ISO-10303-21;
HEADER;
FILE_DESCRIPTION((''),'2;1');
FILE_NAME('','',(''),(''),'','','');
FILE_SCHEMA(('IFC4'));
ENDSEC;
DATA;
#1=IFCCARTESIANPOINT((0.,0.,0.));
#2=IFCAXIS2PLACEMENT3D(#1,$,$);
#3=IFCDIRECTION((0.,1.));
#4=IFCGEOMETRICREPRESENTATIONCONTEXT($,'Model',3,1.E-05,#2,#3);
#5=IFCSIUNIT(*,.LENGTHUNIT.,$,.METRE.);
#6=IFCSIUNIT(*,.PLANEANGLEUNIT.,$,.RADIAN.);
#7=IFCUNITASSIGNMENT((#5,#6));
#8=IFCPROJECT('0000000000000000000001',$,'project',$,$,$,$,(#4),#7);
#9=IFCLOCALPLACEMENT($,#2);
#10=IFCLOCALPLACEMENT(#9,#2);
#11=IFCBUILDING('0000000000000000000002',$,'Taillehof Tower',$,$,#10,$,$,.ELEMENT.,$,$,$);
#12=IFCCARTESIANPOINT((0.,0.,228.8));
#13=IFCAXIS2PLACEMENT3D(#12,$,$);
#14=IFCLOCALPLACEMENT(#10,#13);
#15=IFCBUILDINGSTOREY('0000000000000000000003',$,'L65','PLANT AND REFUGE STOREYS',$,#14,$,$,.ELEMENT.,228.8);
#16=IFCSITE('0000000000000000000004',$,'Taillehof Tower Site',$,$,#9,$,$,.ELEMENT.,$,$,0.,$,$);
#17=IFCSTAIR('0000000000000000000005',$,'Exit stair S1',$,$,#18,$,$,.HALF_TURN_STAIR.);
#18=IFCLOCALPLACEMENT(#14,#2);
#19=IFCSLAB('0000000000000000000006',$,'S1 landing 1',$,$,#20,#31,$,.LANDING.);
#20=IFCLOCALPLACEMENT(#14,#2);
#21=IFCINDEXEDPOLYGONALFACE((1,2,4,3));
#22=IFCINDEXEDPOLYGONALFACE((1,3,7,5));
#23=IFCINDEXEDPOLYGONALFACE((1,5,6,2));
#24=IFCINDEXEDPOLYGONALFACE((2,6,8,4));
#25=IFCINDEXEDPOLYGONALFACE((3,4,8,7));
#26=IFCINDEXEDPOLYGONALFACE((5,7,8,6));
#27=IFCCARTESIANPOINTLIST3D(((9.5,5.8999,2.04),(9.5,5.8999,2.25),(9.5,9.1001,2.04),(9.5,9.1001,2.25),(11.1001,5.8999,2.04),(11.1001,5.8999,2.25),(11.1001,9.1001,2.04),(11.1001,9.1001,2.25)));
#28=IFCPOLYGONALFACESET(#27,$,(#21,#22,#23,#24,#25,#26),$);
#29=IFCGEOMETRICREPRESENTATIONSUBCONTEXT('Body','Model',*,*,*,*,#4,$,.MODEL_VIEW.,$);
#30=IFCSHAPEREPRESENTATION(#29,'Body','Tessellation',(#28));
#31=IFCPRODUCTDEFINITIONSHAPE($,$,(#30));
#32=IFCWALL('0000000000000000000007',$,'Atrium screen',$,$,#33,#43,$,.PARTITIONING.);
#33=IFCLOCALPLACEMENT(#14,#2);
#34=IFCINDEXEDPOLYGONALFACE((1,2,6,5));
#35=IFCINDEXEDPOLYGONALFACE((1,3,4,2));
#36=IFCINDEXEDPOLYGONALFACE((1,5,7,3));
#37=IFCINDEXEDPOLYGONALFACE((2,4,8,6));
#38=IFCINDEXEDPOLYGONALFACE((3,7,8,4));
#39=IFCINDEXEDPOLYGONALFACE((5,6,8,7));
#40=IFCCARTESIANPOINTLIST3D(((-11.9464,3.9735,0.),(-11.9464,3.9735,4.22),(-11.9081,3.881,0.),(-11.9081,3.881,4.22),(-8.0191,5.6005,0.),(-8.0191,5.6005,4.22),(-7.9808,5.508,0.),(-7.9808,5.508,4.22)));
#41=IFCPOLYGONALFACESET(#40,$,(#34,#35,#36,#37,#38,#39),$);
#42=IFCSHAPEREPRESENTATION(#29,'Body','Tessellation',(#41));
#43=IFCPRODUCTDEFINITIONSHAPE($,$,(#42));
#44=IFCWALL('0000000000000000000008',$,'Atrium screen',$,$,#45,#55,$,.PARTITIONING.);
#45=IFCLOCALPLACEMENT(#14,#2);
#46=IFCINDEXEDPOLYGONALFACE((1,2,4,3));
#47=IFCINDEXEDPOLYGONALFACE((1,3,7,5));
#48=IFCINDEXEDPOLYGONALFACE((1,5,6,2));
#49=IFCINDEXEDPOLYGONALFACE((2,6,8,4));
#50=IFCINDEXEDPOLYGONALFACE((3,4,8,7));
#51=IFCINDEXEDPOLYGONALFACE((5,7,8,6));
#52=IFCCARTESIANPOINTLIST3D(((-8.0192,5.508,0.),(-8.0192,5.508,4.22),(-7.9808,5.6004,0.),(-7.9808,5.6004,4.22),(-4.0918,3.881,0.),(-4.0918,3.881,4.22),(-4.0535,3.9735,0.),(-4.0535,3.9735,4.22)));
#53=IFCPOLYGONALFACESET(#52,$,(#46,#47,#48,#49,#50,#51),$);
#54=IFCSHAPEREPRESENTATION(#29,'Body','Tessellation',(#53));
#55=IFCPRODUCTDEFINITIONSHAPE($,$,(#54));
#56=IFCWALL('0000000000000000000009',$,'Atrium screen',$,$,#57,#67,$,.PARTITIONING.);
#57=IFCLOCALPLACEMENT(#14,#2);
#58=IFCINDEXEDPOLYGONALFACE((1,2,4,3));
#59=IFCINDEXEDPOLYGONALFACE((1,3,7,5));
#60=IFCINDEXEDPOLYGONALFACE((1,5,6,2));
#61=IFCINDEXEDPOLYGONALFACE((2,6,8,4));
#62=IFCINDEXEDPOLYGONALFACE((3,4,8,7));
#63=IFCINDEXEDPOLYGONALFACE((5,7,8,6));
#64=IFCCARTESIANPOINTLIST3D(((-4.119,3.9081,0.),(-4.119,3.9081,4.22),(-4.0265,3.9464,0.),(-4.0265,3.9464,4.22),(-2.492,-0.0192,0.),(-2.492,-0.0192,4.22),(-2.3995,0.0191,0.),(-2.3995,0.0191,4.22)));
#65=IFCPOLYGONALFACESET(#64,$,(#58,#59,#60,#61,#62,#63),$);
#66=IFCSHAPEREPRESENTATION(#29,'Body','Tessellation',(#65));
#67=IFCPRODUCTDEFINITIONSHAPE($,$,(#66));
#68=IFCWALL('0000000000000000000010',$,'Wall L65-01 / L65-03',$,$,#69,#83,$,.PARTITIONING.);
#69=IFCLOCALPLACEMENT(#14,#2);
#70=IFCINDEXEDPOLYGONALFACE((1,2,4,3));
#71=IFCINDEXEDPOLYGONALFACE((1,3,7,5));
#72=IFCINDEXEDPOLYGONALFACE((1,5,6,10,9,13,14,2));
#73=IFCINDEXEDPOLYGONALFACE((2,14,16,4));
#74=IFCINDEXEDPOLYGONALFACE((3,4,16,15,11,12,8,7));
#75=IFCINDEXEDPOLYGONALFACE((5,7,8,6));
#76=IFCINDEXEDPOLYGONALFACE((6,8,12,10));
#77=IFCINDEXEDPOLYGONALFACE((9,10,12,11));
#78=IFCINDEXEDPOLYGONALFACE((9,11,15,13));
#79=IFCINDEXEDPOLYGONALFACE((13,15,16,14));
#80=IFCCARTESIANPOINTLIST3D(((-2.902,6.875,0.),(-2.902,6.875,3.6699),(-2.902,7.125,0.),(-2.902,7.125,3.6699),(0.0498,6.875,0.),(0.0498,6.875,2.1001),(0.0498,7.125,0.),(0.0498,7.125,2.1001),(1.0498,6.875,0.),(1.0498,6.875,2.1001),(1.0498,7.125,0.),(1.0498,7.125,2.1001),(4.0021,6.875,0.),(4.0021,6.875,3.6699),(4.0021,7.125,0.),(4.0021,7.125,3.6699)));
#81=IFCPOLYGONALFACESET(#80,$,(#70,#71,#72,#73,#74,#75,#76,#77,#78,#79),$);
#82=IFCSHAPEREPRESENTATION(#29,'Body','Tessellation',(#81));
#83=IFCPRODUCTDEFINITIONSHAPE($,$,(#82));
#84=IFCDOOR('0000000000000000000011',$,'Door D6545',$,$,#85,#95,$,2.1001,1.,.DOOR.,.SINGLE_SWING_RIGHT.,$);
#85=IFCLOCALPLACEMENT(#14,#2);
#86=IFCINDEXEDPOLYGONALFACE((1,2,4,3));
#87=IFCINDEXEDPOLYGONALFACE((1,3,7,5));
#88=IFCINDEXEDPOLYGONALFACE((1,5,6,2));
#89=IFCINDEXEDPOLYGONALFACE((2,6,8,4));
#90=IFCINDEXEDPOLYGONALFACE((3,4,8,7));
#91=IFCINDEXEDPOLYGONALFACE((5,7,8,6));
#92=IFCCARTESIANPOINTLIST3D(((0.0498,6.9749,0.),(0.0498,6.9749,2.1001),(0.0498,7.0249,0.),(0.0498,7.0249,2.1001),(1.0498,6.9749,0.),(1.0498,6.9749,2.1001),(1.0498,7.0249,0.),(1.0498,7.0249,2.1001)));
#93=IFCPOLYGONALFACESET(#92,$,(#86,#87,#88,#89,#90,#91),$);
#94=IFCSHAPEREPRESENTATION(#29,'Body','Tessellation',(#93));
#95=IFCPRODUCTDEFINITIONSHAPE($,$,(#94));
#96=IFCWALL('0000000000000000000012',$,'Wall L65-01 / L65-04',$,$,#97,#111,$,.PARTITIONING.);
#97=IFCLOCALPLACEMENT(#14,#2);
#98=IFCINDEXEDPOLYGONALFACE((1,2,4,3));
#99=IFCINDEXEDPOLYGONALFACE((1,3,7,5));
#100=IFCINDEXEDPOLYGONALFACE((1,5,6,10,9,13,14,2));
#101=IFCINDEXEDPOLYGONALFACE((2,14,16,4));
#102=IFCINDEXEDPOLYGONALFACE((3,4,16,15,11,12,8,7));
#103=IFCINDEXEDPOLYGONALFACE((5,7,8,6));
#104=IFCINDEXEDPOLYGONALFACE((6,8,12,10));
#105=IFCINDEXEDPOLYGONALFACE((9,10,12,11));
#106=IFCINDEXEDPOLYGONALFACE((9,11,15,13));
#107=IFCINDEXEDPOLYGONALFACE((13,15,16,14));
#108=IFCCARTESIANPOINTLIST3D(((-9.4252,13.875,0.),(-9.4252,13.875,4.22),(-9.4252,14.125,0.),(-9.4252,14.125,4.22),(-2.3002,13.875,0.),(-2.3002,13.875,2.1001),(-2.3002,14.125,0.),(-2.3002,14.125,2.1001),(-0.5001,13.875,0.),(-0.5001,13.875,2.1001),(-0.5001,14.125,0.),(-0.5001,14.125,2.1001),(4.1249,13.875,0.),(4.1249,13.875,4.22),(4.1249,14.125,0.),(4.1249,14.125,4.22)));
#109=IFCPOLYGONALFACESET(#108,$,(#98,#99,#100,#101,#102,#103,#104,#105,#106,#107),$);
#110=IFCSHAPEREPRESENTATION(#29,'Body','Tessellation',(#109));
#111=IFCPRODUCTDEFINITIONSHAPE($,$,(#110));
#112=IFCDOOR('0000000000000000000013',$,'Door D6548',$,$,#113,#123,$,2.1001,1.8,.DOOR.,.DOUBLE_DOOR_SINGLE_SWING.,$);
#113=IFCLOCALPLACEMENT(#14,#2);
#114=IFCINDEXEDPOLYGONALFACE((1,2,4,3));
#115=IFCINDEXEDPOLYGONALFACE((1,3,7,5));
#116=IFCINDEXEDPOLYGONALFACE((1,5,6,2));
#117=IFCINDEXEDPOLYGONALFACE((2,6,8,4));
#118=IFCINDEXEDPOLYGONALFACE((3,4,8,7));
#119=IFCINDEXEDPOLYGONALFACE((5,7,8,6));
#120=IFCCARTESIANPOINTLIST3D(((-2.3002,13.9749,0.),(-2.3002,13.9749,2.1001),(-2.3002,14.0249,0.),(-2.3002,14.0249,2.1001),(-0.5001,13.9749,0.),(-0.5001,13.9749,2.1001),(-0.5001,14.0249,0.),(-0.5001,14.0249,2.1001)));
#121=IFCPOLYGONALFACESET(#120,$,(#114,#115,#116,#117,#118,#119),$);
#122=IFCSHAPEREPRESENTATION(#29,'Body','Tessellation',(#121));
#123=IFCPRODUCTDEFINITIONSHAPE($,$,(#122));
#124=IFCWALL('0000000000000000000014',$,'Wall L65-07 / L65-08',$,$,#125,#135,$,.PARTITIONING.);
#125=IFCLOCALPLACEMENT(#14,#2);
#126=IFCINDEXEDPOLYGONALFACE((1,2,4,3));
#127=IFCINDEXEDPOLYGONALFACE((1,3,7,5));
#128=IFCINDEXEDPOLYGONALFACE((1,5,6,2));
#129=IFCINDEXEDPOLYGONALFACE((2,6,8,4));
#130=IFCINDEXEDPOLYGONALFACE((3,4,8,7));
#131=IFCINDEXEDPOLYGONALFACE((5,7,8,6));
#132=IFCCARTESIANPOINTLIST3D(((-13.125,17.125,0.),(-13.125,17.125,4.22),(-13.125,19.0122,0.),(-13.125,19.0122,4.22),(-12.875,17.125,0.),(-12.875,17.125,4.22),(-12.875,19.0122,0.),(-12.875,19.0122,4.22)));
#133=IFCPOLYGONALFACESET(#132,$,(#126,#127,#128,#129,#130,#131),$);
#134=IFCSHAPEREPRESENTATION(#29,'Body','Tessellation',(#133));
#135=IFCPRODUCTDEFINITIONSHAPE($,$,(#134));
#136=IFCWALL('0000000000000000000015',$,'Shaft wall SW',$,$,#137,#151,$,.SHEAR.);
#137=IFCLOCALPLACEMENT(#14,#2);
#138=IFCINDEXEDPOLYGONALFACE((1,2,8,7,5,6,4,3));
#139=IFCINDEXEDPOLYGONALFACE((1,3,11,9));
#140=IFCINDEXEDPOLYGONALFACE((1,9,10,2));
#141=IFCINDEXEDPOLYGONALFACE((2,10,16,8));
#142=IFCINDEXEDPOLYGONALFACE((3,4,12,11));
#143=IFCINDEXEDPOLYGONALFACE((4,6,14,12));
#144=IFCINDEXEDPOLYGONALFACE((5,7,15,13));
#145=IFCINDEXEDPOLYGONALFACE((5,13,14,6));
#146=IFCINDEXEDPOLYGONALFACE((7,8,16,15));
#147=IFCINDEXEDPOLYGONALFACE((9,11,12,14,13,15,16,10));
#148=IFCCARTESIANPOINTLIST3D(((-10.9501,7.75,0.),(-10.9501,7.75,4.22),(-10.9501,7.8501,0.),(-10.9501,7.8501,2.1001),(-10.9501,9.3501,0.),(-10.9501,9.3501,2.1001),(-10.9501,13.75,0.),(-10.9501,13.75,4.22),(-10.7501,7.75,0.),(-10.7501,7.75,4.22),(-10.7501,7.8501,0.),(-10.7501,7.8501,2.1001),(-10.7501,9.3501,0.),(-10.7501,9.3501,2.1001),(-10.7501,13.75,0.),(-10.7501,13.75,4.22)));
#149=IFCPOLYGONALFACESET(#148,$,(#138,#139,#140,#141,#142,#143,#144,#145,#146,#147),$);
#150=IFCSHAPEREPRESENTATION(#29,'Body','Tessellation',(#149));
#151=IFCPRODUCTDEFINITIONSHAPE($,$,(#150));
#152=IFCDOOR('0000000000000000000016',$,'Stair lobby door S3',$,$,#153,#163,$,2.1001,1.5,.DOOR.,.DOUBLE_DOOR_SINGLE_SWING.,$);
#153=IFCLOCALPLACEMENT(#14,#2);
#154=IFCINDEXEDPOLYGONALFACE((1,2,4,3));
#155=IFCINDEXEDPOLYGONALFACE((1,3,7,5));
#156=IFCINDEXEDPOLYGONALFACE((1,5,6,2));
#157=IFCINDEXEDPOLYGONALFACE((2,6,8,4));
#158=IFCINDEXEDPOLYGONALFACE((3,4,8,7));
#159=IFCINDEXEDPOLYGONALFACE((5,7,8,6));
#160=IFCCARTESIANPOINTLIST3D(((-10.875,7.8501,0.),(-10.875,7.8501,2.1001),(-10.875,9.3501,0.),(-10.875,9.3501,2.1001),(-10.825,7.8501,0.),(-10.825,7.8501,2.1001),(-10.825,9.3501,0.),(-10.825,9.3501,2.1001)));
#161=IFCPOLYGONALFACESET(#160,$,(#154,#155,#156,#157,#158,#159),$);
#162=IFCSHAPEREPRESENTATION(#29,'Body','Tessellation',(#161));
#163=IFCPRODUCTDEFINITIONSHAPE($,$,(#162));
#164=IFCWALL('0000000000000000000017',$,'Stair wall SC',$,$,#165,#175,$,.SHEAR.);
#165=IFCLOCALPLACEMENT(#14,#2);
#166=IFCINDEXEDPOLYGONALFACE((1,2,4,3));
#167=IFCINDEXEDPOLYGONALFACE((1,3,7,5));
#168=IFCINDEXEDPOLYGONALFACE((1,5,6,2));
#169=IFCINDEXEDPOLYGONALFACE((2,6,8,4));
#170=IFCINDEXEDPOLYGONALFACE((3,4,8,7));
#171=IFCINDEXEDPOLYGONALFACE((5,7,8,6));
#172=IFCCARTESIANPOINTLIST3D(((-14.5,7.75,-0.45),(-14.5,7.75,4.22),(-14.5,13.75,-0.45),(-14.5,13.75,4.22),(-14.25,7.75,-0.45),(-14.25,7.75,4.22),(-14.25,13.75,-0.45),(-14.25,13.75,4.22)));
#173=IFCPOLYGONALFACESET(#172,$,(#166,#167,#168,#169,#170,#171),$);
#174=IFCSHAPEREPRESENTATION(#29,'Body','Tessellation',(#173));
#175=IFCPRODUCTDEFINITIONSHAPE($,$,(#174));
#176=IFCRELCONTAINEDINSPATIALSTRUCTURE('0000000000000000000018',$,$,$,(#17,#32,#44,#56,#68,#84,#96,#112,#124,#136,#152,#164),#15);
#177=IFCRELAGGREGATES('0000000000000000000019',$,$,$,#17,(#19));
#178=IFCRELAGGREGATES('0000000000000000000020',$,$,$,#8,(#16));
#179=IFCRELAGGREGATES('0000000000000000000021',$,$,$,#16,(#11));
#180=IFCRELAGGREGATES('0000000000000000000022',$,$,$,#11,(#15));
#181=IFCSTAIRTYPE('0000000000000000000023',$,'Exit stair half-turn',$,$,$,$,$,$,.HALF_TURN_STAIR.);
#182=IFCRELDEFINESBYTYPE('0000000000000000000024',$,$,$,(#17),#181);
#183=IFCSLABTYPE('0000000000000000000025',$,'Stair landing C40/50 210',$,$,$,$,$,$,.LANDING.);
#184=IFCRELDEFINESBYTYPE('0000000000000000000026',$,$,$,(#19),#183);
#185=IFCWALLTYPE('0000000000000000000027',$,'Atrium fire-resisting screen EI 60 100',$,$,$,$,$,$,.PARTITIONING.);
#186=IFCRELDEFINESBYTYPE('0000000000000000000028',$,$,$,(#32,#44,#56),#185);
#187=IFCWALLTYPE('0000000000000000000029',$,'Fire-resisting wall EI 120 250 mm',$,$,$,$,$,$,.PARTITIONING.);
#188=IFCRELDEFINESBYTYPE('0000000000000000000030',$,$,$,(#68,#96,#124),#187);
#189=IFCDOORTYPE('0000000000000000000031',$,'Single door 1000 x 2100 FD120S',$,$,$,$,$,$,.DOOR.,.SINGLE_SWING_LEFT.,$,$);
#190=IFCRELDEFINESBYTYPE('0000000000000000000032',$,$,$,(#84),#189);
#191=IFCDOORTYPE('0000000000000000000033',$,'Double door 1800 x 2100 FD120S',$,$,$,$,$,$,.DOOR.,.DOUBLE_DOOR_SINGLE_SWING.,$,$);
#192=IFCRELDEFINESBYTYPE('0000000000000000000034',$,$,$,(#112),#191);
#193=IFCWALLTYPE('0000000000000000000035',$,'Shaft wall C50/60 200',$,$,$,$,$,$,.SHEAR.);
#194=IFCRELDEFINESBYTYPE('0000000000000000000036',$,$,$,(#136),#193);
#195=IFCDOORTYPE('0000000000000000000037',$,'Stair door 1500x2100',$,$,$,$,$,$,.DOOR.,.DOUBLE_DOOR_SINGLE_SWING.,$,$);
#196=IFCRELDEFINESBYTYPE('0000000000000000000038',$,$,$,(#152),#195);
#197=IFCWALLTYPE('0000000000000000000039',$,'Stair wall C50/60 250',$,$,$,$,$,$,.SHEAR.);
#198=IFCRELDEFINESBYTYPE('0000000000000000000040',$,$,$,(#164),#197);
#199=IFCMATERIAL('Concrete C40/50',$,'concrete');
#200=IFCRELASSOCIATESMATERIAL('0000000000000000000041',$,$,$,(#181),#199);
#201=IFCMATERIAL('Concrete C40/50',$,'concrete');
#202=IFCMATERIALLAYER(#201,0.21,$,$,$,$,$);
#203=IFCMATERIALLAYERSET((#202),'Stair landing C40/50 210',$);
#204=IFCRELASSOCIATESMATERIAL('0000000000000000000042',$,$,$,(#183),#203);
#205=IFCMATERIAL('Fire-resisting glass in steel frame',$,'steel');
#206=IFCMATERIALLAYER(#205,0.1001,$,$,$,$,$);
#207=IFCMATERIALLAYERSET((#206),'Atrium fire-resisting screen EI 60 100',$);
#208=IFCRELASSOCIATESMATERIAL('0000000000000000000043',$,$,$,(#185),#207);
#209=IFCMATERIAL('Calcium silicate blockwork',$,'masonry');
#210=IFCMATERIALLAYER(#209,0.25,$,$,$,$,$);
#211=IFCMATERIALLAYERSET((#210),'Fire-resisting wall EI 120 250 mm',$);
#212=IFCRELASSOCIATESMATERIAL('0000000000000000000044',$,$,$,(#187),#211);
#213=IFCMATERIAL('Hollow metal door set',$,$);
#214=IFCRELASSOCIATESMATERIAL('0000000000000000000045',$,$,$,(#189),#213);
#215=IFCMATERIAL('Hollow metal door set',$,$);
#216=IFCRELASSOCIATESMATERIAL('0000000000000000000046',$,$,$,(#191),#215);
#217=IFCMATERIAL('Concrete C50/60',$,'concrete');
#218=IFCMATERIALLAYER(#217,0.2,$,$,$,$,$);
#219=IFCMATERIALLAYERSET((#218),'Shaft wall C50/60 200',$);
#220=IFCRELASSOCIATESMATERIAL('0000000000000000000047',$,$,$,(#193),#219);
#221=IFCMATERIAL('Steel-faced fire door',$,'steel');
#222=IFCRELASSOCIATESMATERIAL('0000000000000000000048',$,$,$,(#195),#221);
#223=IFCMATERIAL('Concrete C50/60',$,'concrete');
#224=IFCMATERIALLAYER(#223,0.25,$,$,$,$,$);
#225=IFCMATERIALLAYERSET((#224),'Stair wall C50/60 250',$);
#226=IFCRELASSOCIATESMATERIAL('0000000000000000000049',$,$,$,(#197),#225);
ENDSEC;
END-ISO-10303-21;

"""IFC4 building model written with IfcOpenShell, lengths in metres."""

from ifc_helpers import new_model, si_unit, direction, frame, frame_2d, origin, place, context, subcontext, project, spatial, polyline, rectangle, outline, extrude, material, layer, layer_set, type_object, element, fill, aggregate, save


model = new_model("IFC4")

# Units and contexts
model_context = context("Model", 3, precision=1e-05, world=origin(), true_north=direction((0.0, 1.0)))
body_context = subcontext(model_context, "Body", "Model", "MODEL_VIEW")
ifc_project = project(units=[si_unit("LENGTHUNIT", "METRE"), si_unit("PLANEANGLEUNIT", "RADIAN")], contexts=[model_context])

# Site, building, storey
site_placement = place(None, origin())
site = spatial("IfcSite", under=ifc_project, at=site_placement, Name="Taillehof Tower Site", CompositionType="ELEMENT", RefElevation=0.0)
building_placement = place(site_placement, origin())
building = spatial("IfcBuilding", under=site, at=building_placement, Name="Taillehof Tower", CompositionType="ELEMENT")
storey_placement = place(building_placement, frame((0.0, 0.0, 228.8)))
storey = spatial("IfcBuildingStorey", under=building, at=storey_placement, Name="L65", Description="PLANT AND REFUGE STOREYS", CompositionType="ELEMENT", Elevation=228.8)

# Stair, slab
ifc_material_1 = material(Name="Concrete C40/50", Category="concrete")
stair_type = type_object("IfcStairType", Name="Exit stair half-turn", PredefinedType="HALF_TURN_STAIR", material=ifc_material_1)
stair_1_placement = place(storey_placement, origin())
stair_1 = element("IfcStair", 1, at=stair_1_placement, inside=storey, type_object=stair_type, Name="Exit stair S1", PredefinedType="HALF_TURN_STAIR")
ifc_material_2 = material(Name="Concrete C40/50", Category="concrete")
ifc_layer_1 = layer(ifc_material_2, 0.21)
ifc_layer_set_1 = layer_set([ifc_layer_1], Name="Stair landing C40/50 210")
slab_type = type_object("IfcSlabType", Name="Stair landing C40/50 210", PredefinedType="LANDING", material=ifc_layer_set_1)
slab_placement = place(storey_placement, frame((0.0, 0.0, 2.04)))
slab = element("IfcSlab", 2, at=slab_placement, type_object=slab_type, Name="S1 landing 1", PredefinedType="LANDING", context=body_context, shape_type="SweptSolid", body=[
    extrude(outline(polyline([(9.5, 5.8999), (11.1001, 5.8999), (11.1001, 9.1001), (9.5, 9.1001), (9.5, 5.8999)])), origin(), (0.0, 0.0, 1.0), 0.21),
])
aggregate(stair_1, [slab])

# Walls
ifc_material_3 = material(Name="Fire-resisting glass in steel frame", Category="steel")
ifc_layer_2 = layer(ifc_material_3, 0.1001)
ifc_layer_set_2 = layer_set([ifc_layer_2], Name="Atrium fire-resisting screen EI 60 100")
wall_type_1 = type_object("IfcWallType", Name="Atrium fire-resisting screen EI 60 100", PredefinedType="PARTITIONING", material=ifc_layer_set_2)
for number, where, z_axis, x_axis, name in (
    (3, (-11.9272, 3.9272, 0.0), (0.0, 0.0, 1.0), (0.92386, 0.382731, 0.0), "Atrium screen"),
    (4, (-8.0, 5.5542, 0.0), (0.0, 0.0, 1.0), (0.92386, -0.382731, 0.0), "Atrium screen"),
    (5, (-4.0728, 3.9272, 0.0), (0.0, 0.0, 1.0), (0.382731, -0.92386, 0.0), "Atrium screen"),
):
    element("IfcWall", number, at=place(storey_placement, frame(where, z_axis=z_axis, x_axis=x_axis)), inside=storey, type_object=wall_type_1, Name=name, PredefinedType="PARTITIONING", context=body_context, shape_type="SweptSolid", body=[
        extrude(rectangle(XDim=4.251, YDim=0.1001, at=frame_2d((2.1255, 0.0))), origin(), (0.0, 0.0, 1.0), 4.22),
    ])

# Walls, openings, doors
ifc_material_4 = material(Name="Calcium silicate blockwork", Category="masonry")
ifc_layer_3 = layer(ifc_material_4, 0.25)
ifc_layer_set_3 = layer_set([ifc_layer_3], Name="Fire-resisting wall EI 120 250 mm")
wall_type_2 = type_object("IfcWallType", Name="Fire-resisting wall EI 120 250 mm", PredefinedType="PARTITIONING", material=ifc_layer_set_3)
wall_1_placement = place(storey_placement, frame((-2.9021, 7.0, 0.0), z_axis=(0.0, 0.0, 1.0), x_axis=(1.0, 0.0, 0.0)))
wall_1 = element("IfcWall", 6, at=wall_1_placement, inside=storey, type_object=wall_type_2, Name="Wall L65-01 / L65-03", PredefinedType="PARTITIONING", context=body_context, shape_type="SweptSolid", body=[
    extrude(rectangle(XDim=6.9041, YDim=0.25, at=frame_2d((3.4521, 0.0))), origin(), (0.0, 0.0, 1.0), 3.6699),
])
opening_1_placement = place(wall_1_placement, frame((2.9519, 0.0, 0.0)))
opening_1 = element("IfcOpeningElement", 7, at=opening_1_placement, cuts=wall_1, PredefinedType="OPENING", context=body_context, shape_type="SweptSolid", body=[
    extrude(rectangle(XDim=1.0, YDim=2.1001, at=frame_2d((0.5, 1.05))), frame((0.0, 0.135, 0.0), z_axis=(0.0, -1.0, 0.0), x_axis=(1.0, 0.0, 0.0)), (0.0, 0.0, 1.0), 0.27),
])
ifc_material_5 = material(Name="Hollow metal door set")
door_type_1 = type_object("IfcDoorType", Name="Single door 1000 x 2100 FD120S", OperationType="SINGLE_SWING_LEFT", PredefinedType="DOOR", material=ifc_material_5)
door_1_placement = place(opening_1_placement, origin())
door_1 = element("IfcDoor", 8, at=door_1_placement, inside=storey, type_object=door_type_1, Name="Door D6545", OperationType="SINGLE_SWING_RIGHT", OverallHeight=2.1001, OverallWidth=1.0, PredefinedType="DOOR", context=body_context, shape_type="SweptSolid", body=[
    extrude(rectangle(XDim=1.0, YDim=2.1001, at=frame_2d((0.5, 1.05))), frame((0.0, 0.0249, 0.0), z_axis=(0.0, -1.0, 0.0), x_axis=(1.0, 0.0, 0.0)), (0.0, 0.0, 1.0), 0.05),
])
fill(opening_1, door_1)
wall_2_placement = place(storey_placement, frame((-9.425, 14.0, 0.0), z_axis=(0.0, 0.0, 1.0), x_axis=(1.0, 0.0, 0.0)))
wall_2 = element("IfcWall", 9, at=wall_2_placement, inside=storey, type_object=wall_type_2, Name="Wall L65-01 / L65-04", PredefinedType="PARTITIONING", context=body_context, shape_type="SweptSolid", body=[
    extrude(rectangle(XDim=13.55, YDim=0.25, at=frame_2d((6.7749, 0.0))), origin(), (0.0, 0.0, 1.0), 4.22),
])
opening_2_placement = place(wall_2_placement, frame((7.125, 0.0, 0.0)))
opening_2 = element("IfcOpeningElement", 10, at=opening_2_placement, cuts=wall_2, PredefinedType="OPENING", context=body_context, shape_type="SweptSolid", body=[
    extrude(rectangle(XDim=1.8, YDim=2.1001, at=frame_2d((0.8999, 1.05))), frame((0.0, 0.135, 0.0), z_axis=(0.0, -1.0, 0.0), x_axis=(1.0, 0.0, 0.0)), (0.0, 0.0, 1.0), 0.27),
])
ifc_material_6 = material(Name="Hollow metal door set")
door_type_2 = type_object("IfcDoorType", Name="Double door 1800 x 2100 FD120S", OperationType="DOUBLE_DOOR_SINGLE_SWING", PredefinedType="DOOR", material=ifc_material_6)
door_2_placement = place(opening_2_placement, origin())
door_2 = element("IfcDoor", 11, at=door_2_placement, inside=storey, type_object=door_type_2, Name="Door D6548", OperationType="DOUBLE_DOOR_SINGLE_SWING", OverallHeight=2.1001, OverallWidth=1.8, PredefinedType="DOOR", context=body_context, shape_type="SweptSolid", body=[
    extrude(rectangle(XDim=1.8, YDim=2.1001, at=frame_2d((0.8999, 1.05))), frame((0.0, 0.0249, 0.0), z_axis=(0.0, -1.0, 0.0), x_axis=(1.0, 0.0, 0.0)), (0.0, 0.0, 1.0), 0.05),
])
fill(opening_2, door_2)

# Wall
wall_3_placement = place(storey_placement, frame((-13.0, 17.125, 0.0), z_axis=(0.0, 0.0, 1.0), x_axis=(0.0, 1.0, 0.0)))
element("IfcWall", 12, at=wall_3_placement, inside=storey, type_object=wall_type_2, Name="Wall L65-07 / L65-08", PredefinedType="PARTITIONING", context=body_context, shape_type="SweptSolid", body=[
    extrude(rectangle(XDim=1.8872, YDim=0.25, at=frame_2d((0.9436, 0.0))), origin(), (0.0, 0.0, 1.0), 4.22),
])

# Wall, opening, door
ifc_material_7 = material(Name="Concrete C50/60", Category="concrete")
ifc_layer_4 = layer(ifc_material_7, 0.2)
ifc_layer_set_4 = layer_set([ifc_layer_4], Name="Shaft wall C50/60 200")
wall_type_3 = type_object("IfcWallType", Name="Shaft wall C50/60 200", PredefinedType="SHEAR", material=ifc_layer_set_4)
wall_4_placement = place(storey_placement, frame((-10.8501, 7.75, 0.0), z_axis=(0.0, 0.0, 1.0), x_axis=(0.0, 1.0, 0.0)))
wall_4 = element("IfcWall", 13, at=wall_4_placement, inside=storey, type_object=wall_type_3, Name="Shaft wall SW", PredefinedType="SHEAR", context=body_context, shape_type="SweptSolid", body=[
    extrude(rectangle(XDim=6.0, YDim=0.2, at=frame_2d((3.0, 0.0))), origin(), (0.0, 0.0, 1.0), 4.22),
])
opening_3_placement = place(wall_4_placement, frame((0.1001, 0.0, 0.0)))
opening_3 = element("IfcOpeningElement", 14, at=opening_3_placement, cuts=wall_4, PredefinedType="OPENING", context=body_context, shape_type="SweptSolid", body=[
    extrude(rectangle(XDim=1.5, YDim=2.1001, at=frame_2d((0.75, 1.05))), frame((0.0, 0.1099, 0.0), z_axis=(0.0, -1.0, 0.0), x_axis=(1.0, 0.0, 0.0)), (0.0, 0.0, 1.0), 0.22),
])
ifc_material_8 = material(Name="Steel-faced fire door", Category="steel")
door_type_3 = type_object("IfcDoorType", Name="Stair door 1500x2100", OperationType="DOUBLE_DOOR_SINGLE_SWING", PredefinedType="DOOR", material=ifc_material_8)
door_3_placement = place(opening_3_placement, origin())
door_3 = element("IfcDoor", 15, at=door_3_placement, inside=storey, type_object=door_type_3, Name="Stair lobby door S3", OperationType="DOUBLE_DOOR_SINGLE_SWING", OverallHeight=2.1001, OverallWidth=1.5, PredefinedType="DOOR", context=body_context, shape_type="SweptSolid", body=[
    extrude(rectangle(XDim=1.5, YDim=2.1001, at=frame_2d((0.75, 1.05))), frame((0.0, 0.0249, 0.0), z_axis=(0.0, -1.0, 0.0), x_axis=(1.0, 0.0, 0.0)), (0.0, 0.0, 1.0), 0.05),
])
fill(opening_3, door_3)

# Wall
ifc_material_9 = material(Name="Concrete C50/60", Category="concrete")
ifc_layer_5 = layer(ifc_material_9, 0.25)
ifc_layer_set_5 = layer_set([ifc_layer_5], Name="Stair wall C50/60 250")
wall_type_4 = type_object("IfcWallType", Name="Stair wall C50/60 250", PredefinedType="SHEAR", material=ifc_layer_set_5)
wall_5_placement = place(storey_placement, frame((-14.375, 7.75, -0.45), z_axis=(0.0, 0.0, 1.0), x_axis=(0.0, 1.0, 0.0)))
element("IfcWall", 16, at=wall_5_placement, inside=storey, type_object=wall_type_4, Name="Stair wall SC", PredefinedType="SHEAR", context=body_context, shape_type="SweptSolid", body=[
    extrude(rectangle(XDim=6.0, YDim=0.25, at=frame_2d((3.0, 0.0))), origin(), (0.0, 0.0, 1.0), 4.6699),
])

save(model, "model.ifc")
